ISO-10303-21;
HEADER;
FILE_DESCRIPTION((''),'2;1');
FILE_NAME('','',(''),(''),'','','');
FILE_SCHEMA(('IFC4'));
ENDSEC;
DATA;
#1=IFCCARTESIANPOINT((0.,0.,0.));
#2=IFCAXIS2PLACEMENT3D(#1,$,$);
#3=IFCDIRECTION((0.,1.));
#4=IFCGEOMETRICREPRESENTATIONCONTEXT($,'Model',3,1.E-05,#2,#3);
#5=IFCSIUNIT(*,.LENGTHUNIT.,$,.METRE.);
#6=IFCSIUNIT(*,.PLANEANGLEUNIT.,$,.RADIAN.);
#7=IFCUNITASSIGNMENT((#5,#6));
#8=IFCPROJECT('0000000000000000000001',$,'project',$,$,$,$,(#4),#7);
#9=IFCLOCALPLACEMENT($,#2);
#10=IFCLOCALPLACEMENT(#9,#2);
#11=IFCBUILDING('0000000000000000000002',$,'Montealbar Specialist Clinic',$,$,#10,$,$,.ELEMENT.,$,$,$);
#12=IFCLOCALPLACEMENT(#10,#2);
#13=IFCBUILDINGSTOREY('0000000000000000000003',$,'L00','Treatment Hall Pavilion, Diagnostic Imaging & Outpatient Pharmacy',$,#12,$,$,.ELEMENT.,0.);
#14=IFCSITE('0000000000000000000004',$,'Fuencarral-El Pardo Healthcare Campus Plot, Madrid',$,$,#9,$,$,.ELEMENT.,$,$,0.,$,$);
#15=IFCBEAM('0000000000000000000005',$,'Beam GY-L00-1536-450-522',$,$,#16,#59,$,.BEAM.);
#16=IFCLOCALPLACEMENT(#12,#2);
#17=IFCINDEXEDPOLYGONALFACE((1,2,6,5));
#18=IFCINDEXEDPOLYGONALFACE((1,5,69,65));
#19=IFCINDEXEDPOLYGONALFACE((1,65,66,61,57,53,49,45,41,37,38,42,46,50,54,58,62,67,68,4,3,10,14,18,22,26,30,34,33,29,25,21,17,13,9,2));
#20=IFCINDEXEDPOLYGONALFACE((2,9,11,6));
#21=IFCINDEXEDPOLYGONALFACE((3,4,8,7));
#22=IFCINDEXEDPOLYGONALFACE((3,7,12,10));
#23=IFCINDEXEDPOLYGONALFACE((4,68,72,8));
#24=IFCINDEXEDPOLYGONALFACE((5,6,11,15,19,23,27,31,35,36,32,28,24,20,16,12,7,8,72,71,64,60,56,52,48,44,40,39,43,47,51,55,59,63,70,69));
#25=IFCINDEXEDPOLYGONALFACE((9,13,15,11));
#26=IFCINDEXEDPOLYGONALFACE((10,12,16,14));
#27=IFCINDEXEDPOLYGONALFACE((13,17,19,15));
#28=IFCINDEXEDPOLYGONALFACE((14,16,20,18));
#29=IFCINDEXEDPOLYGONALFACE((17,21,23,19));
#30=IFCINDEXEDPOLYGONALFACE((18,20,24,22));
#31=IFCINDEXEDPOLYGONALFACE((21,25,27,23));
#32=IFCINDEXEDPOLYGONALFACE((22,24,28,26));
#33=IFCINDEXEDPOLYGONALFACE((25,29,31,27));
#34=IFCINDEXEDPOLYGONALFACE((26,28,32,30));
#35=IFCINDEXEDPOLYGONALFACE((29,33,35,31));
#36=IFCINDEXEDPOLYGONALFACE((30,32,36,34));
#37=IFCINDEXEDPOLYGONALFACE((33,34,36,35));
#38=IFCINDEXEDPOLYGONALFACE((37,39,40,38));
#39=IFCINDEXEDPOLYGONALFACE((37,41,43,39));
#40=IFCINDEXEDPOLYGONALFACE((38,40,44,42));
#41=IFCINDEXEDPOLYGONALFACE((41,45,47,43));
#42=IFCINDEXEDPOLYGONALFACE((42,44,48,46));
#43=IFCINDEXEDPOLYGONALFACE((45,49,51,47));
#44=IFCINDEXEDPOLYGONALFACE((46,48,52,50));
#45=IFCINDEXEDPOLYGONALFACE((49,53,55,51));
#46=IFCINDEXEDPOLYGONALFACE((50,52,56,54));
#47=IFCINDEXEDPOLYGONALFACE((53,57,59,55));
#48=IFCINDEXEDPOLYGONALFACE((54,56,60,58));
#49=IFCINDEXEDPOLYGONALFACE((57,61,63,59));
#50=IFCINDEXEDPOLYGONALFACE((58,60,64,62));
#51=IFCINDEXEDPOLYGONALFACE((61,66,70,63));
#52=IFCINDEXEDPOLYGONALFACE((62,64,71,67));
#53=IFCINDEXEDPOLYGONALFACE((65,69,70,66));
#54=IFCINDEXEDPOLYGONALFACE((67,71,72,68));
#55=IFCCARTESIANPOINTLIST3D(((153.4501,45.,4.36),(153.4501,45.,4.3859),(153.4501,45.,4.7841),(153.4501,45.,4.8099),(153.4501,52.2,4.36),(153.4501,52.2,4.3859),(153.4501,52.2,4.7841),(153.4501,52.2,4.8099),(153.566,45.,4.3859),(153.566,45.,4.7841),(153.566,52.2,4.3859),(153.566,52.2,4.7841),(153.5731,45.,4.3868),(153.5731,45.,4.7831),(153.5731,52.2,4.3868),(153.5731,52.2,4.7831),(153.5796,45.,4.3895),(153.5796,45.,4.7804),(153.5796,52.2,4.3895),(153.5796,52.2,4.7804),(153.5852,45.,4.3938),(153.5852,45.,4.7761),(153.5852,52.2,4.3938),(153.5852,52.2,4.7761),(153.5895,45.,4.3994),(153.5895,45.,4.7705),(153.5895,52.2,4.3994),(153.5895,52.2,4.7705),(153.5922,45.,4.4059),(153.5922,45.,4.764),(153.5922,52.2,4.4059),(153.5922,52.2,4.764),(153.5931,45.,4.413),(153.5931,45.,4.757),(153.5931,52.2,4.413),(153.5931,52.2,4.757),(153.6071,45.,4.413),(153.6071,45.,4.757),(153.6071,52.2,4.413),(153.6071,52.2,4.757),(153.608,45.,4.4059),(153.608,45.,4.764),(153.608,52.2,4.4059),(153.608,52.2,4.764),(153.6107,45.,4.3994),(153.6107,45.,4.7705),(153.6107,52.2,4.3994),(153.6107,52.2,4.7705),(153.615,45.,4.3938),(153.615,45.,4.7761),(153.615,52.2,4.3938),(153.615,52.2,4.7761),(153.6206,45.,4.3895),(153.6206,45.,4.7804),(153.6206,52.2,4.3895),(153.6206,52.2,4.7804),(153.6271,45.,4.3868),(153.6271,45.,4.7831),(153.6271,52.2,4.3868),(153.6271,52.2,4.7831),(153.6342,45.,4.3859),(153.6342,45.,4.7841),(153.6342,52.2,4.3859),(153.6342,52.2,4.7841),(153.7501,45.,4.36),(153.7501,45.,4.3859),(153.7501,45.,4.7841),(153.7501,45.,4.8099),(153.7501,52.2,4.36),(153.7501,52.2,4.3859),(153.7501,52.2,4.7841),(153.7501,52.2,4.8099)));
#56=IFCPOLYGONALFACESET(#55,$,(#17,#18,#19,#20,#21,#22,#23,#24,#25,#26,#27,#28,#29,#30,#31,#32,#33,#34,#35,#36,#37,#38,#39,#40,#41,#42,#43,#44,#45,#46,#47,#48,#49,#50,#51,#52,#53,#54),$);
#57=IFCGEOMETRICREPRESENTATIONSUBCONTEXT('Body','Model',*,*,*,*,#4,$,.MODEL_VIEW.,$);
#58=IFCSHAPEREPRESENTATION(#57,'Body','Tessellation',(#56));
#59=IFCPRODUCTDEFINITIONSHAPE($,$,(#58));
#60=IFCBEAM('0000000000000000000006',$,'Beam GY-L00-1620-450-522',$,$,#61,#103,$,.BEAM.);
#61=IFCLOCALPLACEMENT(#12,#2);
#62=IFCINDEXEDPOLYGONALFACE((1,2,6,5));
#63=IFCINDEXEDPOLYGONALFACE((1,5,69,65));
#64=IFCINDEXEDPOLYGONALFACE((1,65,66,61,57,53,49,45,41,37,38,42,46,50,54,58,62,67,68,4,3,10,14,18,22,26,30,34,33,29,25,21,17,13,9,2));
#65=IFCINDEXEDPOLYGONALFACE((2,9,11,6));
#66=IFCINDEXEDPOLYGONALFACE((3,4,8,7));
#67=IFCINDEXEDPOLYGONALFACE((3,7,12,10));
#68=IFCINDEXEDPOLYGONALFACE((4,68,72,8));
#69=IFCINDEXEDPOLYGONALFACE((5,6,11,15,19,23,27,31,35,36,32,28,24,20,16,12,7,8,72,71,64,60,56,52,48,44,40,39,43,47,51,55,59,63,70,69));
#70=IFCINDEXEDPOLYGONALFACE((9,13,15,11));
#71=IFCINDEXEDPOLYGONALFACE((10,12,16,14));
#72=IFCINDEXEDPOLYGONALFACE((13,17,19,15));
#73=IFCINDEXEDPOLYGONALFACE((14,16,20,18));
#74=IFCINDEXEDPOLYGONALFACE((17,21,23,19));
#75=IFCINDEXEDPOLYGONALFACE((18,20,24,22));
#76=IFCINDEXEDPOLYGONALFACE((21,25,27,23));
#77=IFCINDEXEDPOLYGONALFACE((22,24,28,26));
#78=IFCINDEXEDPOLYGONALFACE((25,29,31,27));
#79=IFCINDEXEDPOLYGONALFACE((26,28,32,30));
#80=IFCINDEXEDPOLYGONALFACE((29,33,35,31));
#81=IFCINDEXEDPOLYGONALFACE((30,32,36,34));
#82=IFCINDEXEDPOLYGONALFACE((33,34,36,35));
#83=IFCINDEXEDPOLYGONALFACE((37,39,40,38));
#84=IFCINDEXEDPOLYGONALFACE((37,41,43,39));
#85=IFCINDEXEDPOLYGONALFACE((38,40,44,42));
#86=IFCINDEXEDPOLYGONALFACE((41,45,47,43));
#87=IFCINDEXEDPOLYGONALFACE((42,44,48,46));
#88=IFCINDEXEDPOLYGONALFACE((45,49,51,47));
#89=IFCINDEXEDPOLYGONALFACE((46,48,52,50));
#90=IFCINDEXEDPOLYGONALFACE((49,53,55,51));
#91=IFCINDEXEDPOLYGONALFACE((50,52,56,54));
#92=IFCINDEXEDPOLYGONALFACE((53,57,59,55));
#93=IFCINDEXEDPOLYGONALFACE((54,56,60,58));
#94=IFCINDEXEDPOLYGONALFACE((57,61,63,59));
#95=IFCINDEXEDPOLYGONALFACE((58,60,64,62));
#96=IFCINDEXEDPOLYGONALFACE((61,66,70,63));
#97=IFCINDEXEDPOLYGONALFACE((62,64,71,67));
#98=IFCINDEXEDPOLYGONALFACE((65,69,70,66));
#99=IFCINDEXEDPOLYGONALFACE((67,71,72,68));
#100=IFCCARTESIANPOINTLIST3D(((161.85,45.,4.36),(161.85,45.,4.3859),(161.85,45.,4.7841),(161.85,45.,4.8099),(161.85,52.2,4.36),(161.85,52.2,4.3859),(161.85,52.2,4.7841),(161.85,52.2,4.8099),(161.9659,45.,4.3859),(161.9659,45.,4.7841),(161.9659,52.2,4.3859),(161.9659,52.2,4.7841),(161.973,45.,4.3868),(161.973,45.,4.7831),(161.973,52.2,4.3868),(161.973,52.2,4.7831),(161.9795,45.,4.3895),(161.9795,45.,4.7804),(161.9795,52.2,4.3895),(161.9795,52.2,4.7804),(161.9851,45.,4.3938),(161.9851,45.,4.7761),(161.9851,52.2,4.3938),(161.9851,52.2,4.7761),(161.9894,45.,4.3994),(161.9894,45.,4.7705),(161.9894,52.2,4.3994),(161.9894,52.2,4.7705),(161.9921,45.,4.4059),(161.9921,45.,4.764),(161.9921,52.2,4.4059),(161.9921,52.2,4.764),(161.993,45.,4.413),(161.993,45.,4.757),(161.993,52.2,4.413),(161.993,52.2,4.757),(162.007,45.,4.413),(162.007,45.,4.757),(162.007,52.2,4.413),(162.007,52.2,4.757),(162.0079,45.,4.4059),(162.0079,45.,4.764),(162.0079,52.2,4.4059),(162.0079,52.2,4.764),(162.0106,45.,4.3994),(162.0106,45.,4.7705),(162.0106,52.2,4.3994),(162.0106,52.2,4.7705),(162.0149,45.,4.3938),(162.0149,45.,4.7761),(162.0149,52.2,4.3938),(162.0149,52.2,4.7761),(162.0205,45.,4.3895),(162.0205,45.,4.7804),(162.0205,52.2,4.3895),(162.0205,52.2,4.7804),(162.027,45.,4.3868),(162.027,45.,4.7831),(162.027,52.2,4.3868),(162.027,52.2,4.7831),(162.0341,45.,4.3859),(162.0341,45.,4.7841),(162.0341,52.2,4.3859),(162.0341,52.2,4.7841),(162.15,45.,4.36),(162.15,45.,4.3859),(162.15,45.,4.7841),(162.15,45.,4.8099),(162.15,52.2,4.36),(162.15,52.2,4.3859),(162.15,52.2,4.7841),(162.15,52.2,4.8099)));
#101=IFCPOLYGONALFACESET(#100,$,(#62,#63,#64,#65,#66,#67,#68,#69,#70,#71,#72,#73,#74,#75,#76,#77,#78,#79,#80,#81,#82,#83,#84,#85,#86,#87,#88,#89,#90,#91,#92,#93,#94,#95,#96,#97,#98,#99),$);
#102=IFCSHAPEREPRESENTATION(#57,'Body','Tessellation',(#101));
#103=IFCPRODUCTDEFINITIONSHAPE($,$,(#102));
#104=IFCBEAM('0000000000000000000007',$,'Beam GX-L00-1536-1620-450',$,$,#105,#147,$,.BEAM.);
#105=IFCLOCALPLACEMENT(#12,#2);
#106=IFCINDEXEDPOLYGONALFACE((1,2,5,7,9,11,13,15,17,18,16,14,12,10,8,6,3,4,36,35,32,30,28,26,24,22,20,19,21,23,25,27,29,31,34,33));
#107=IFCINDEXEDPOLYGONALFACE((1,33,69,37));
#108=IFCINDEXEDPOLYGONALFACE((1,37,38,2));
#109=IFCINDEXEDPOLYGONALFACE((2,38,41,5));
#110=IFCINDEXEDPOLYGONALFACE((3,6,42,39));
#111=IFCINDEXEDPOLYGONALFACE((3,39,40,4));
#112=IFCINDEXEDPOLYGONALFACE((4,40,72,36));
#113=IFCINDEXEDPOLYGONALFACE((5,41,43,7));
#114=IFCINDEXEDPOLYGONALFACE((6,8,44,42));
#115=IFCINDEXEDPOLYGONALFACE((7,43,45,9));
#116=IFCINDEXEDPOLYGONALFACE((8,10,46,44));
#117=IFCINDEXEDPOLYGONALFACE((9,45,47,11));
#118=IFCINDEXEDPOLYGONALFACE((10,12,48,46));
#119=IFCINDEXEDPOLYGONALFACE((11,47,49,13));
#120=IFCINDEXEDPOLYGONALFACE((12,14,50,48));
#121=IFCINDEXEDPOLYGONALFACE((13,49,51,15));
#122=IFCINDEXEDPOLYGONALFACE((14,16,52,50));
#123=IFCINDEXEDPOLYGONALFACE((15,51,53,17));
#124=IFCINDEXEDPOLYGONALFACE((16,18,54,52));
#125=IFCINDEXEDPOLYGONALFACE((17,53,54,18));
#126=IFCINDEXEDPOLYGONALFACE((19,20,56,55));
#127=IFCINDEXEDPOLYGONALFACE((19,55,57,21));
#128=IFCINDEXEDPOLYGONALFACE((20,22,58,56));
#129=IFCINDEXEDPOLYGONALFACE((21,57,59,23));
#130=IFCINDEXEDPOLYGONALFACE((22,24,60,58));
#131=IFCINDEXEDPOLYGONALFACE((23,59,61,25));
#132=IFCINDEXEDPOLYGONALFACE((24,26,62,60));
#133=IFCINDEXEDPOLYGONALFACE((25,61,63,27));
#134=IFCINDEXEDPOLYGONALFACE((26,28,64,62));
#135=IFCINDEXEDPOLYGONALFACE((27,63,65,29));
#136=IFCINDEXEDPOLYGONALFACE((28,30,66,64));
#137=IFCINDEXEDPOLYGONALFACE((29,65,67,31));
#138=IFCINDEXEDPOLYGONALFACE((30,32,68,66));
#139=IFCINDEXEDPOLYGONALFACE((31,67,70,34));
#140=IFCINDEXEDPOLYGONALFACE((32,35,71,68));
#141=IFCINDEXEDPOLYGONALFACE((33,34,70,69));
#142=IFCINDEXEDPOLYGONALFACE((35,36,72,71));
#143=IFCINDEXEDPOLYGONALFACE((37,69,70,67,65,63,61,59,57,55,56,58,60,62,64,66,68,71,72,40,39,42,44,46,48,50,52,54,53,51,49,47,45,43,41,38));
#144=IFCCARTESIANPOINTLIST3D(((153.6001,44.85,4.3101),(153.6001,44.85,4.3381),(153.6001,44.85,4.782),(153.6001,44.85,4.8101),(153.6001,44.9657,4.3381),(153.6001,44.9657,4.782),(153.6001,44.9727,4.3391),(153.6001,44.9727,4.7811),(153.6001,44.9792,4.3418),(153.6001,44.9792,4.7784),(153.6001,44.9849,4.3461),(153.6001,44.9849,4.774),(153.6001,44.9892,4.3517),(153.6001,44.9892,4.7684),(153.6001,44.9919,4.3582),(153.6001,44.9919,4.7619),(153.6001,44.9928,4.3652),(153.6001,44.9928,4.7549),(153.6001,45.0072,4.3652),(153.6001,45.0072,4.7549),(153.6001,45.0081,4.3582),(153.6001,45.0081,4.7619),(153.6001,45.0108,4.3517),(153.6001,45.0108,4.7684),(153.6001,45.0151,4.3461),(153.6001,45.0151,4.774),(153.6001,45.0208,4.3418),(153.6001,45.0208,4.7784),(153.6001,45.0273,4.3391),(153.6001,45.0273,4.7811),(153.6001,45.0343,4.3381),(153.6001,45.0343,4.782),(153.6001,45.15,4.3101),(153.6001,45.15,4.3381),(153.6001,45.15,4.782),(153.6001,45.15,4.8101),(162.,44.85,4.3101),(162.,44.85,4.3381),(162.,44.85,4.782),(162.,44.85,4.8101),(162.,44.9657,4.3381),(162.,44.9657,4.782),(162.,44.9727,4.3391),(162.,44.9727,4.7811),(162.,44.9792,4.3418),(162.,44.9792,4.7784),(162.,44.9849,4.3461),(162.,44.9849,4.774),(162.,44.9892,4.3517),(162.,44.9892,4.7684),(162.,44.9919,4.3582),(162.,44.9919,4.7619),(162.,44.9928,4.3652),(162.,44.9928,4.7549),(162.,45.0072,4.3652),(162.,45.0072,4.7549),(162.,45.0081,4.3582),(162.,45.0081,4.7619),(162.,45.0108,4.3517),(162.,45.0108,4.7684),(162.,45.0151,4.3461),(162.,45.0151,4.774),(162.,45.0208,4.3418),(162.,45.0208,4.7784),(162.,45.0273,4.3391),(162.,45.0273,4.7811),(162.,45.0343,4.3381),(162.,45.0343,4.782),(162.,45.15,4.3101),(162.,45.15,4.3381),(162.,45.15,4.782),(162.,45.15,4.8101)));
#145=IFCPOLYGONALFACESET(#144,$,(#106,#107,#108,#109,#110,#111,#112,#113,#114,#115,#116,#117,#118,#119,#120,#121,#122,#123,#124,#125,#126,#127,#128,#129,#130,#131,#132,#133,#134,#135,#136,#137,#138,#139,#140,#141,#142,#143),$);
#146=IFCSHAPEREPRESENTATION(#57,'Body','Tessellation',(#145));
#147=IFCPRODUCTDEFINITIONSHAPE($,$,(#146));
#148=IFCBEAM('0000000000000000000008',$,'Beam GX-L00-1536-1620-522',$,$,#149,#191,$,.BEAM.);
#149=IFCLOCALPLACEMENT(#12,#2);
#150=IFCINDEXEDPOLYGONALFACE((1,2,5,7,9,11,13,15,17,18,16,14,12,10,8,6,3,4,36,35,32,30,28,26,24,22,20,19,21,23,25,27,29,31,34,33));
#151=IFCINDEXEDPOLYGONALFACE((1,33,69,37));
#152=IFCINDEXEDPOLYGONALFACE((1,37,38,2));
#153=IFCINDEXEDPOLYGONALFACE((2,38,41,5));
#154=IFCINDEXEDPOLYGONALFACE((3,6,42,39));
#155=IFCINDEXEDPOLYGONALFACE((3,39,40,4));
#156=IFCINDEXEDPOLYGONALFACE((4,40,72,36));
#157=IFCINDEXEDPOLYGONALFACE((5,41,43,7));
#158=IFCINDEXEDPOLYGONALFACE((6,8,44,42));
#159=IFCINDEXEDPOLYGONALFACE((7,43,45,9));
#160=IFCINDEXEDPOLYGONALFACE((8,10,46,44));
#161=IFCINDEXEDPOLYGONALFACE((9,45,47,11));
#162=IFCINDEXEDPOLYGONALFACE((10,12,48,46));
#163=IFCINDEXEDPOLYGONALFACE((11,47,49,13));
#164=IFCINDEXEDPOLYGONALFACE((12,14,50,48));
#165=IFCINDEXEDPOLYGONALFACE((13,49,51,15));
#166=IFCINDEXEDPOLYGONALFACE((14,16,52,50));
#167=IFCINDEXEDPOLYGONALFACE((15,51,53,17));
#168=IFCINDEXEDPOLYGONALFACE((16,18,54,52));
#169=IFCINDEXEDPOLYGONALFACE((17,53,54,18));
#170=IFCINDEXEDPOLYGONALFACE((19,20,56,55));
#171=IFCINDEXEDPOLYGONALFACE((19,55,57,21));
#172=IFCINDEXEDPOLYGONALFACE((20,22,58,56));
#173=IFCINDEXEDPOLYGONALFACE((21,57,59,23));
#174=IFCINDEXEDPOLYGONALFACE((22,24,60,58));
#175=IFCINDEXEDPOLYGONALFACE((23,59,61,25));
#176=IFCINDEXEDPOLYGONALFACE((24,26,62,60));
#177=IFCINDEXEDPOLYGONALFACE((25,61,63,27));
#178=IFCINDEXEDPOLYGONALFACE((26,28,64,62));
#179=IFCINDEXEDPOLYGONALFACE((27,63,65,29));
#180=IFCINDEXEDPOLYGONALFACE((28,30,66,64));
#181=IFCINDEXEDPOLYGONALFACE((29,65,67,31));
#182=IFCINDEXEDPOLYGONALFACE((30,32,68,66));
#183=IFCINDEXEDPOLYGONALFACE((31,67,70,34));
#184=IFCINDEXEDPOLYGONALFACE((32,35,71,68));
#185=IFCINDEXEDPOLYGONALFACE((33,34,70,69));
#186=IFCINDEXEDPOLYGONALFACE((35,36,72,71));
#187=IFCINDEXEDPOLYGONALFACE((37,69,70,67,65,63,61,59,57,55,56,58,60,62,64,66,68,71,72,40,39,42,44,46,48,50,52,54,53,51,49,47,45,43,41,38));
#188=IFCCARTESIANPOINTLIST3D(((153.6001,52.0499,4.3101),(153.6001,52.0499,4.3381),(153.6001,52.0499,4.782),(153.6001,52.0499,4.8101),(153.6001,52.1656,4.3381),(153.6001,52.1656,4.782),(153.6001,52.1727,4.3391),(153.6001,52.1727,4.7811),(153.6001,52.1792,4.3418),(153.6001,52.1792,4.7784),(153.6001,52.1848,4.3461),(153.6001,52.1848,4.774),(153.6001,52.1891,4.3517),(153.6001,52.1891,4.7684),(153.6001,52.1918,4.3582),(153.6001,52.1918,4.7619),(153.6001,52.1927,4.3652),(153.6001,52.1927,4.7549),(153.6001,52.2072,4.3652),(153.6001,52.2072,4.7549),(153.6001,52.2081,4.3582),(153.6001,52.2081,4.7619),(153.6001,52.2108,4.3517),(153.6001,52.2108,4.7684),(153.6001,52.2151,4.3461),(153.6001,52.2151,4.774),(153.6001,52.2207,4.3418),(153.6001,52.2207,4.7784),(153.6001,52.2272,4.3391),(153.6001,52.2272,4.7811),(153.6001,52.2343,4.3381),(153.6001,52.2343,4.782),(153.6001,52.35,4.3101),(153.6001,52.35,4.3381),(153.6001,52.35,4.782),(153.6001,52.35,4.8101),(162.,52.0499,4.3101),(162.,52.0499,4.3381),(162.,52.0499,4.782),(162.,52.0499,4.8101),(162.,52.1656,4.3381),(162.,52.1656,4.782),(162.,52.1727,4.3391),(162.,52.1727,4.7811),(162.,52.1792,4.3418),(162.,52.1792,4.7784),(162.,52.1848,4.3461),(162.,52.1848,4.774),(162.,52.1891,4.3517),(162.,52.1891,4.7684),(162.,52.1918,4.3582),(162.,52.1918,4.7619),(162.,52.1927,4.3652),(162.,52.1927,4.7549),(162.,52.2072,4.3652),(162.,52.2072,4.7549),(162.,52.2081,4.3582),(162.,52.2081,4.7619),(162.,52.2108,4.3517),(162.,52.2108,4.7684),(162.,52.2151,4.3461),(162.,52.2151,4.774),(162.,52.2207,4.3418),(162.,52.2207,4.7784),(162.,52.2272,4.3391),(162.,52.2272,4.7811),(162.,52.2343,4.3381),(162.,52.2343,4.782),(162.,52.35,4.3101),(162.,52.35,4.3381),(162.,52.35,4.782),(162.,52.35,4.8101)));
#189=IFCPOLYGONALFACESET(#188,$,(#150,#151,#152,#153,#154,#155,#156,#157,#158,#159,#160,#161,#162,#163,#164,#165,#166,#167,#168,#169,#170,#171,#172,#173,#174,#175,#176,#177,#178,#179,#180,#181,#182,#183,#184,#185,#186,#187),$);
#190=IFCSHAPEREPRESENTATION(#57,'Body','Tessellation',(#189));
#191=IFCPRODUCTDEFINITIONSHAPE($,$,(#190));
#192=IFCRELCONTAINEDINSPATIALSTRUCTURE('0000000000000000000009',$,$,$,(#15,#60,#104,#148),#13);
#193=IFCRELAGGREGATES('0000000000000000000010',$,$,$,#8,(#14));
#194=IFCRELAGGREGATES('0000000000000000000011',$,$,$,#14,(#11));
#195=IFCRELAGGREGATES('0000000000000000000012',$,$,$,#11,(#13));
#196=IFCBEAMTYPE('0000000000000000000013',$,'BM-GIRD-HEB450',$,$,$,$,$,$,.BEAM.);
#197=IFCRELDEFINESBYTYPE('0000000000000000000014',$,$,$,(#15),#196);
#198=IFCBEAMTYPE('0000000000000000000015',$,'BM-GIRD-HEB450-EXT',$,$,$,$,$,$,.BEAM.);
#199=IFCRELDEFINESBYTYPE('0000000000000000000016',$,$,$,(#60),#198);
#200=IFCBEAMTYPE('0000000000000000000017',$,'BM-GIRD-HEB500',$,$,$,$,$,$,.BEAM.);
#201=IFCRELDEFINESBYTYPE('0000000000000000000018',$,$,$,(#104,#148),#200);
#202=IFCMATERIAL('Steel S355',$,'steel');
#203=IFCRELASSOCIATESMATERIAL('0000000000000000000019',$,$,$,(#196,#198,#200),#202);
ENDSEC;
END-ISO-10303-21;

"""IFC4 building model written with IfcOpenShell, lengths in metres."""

from ifc_helpers import new_model, si_unit, direction, frame, origin, origin_2d, place, context, subcontext, project, spatial, i_section, extrude, material, material_profile, profile_set, type_object, element, save


model = new_model("IFC4")

# Units and contexts
model_context = context("Model", 3, precision=1e-05, world=origin(), true_north=direction((0.0, 1.0)))
body_context = subcontext(model_context, "Body", "Model", "MODEL_VIEW")
ifc_project = project(units=[si_unit("LENGTHUNIT", "METRE"), si_unit("PLANEANGLEUNIT", "RADIAN")], contexts=[model_context])

# Site, building, storey
site_placement = place(None, origin())
site = spatial("IfcSite", under=ifc_project, at=site_placement, Name="Fuencarral-El Pardo Healthcare Campus Plot, Madrid", CompositionType="ELEMENT", RefElevation=0.0)
building_placement = place(site_placement, origin())
building = spatial("IfcBuilding", under=site, at=building_placement, Name="Montealbar Specialist Clinic", CompositionType="ELEMENT")
storey_placement = place(building_placement, origin())
storey = spatial("IfcBuildingStorey", under=building, at=storey_placement, Name="L00", Description="Treatment Hall Pavilion, Diagnostic Imaging & Outpatient Pharmacy", CompositionType="ELEMENT", Elevation=0.0)

# Shared definitions
ifc_material_1 = material(Name="Steel S355", Category="steel")

# Beams
ifc_material_profile_1 = material_profile(ifc_material_1, i_section(OverallWidth=0.3, OverallDepth=0.45, WebThickness=0.0139, FlangeThickness=0.0259, FilletRadius=0.0271, at=origin_2d()), Name="HEB 450", Category="steel")
ifc_profile_set_1 = profile_set([ifc_material_profile_1], Name="Steel S355")
beam_type_1 = type_object("IfcBeamType", Name="BM-GIRD-HEB450", PredefinedType="BEAM", material=ifc_profile_set_1)
beam_1_placement = place(storey_placement, frame((153.6001, 45.0, 4.585), z_axis=(0.0, 1.0, 0.0), x_axis=(-1.0, 0.0, 0.0)))
element("IfcBeam", 1, at=beam_1_placement, inside=storey, type_object=beam_type_1, Name="Beam GY-L00-1536-450-522", PredefinedType="BEAM", context=body_context, shape_type="SweptSolid", body=[
    extrude(i_section(OverallWidth=0.3, OverallDepth=0.45, WebThickness=0.0139, FlangeThickness=0.0259, FilletRadius=0.0271, at=origin_2d()), origin(), (0.0, 0.0, 1.0), 7.2),
])
ifc_material_profile_2 = material_profile(ifc_material_1, i_section(OverallWidth=0.3, OverallDepth=0.45, WebThickness=0.0139, FlangeThickness=0.0259, FilletRadius=0.0271, at=origin_2d()), Name="HEB 450", Category="steel")
ifc_profile_set_2 = profile_set([ifc_material_profile_2], Name="Steel S355")
beam_type_2 = type_object("IfcBeamType", Name="BM-GIRD-HEB450-EXT", PredefinedType="BEAM", material=ifc_profile_set_2)
beam_2_placement = place(storey_placement, frame((162.0, 45.0, 4.585), z_axis=(0.0, 1.0, 0.0), x_axis=(-1.0, 0.0, 0.0)))
element("IfcBeam", 2, at=beam_2_placement, inside=storey, type_object=beam_type_2, Name="Beam GY-L00-1620-450-522", PredefinedType="BEAM", context=body_context, shape_type="SweptSolid", body=[
    extrude(i_section(OverallWidth=0.3, OverallDepth=0.45, WebThickness=0.0139, FlangeThickness=0.0259, FilletRadius=0.0271, at=origin_2d()), origin(), (0.0, 0.0, 1.0), 7.2),
])
ifc_material_profile_3 = material_profile(ifc_material_1, i_section(OverallWidth=0.3, OverallDepth=0.5, WebThickness=0.0144, FlangeThickness=0.0281, FilletRadius=0.0271, at=origin_2d()), Name="HEB 500", Category="steel")
ifc_profile_set_3 = profile_set([ifc_material_profile_3], Name="Steel S355")
beam_type_3 = type_object("IfcBeamType", Name="BM-GIRD-HEB500", PredefinedType="BEAM", material=ifc_profile_set_3)
for number, where, z_axis, x_axis, name in (
    (3, (153.6001, 45.0, 4.5601), (1.0, 0.0, 0.0), (0.0, 1.0, 0.0), "Beam GX-L00-1536-1620-450"),
    (4, (153.6001, 52.2, 4.5601), (1.0, 0.0, 0.0), (0.0, 1.0, 0.0), "Beam GX-L00-1536-1620-522"),
):
    element("IfcBeam", number, at=place(storey_placement, frame(where, z_axis=z_axis, x_axis=x_axis)), inside=storey, type_object=beam_type_3, Name=name, PredefinedType="BEAM", context=body_context, shape_type="SweptSolid", body=[
        extrude(i_section(OverallWidth=0.3, OverallDepth=0.5, WebThickness=0.0144, FlangeThickness=0.0281, FilletRadius=0.0271, at=origin_2d()), origin(), (0.0, 0.0, 1.0), 8.3999),
    ])

save(model, "model.ifc")
